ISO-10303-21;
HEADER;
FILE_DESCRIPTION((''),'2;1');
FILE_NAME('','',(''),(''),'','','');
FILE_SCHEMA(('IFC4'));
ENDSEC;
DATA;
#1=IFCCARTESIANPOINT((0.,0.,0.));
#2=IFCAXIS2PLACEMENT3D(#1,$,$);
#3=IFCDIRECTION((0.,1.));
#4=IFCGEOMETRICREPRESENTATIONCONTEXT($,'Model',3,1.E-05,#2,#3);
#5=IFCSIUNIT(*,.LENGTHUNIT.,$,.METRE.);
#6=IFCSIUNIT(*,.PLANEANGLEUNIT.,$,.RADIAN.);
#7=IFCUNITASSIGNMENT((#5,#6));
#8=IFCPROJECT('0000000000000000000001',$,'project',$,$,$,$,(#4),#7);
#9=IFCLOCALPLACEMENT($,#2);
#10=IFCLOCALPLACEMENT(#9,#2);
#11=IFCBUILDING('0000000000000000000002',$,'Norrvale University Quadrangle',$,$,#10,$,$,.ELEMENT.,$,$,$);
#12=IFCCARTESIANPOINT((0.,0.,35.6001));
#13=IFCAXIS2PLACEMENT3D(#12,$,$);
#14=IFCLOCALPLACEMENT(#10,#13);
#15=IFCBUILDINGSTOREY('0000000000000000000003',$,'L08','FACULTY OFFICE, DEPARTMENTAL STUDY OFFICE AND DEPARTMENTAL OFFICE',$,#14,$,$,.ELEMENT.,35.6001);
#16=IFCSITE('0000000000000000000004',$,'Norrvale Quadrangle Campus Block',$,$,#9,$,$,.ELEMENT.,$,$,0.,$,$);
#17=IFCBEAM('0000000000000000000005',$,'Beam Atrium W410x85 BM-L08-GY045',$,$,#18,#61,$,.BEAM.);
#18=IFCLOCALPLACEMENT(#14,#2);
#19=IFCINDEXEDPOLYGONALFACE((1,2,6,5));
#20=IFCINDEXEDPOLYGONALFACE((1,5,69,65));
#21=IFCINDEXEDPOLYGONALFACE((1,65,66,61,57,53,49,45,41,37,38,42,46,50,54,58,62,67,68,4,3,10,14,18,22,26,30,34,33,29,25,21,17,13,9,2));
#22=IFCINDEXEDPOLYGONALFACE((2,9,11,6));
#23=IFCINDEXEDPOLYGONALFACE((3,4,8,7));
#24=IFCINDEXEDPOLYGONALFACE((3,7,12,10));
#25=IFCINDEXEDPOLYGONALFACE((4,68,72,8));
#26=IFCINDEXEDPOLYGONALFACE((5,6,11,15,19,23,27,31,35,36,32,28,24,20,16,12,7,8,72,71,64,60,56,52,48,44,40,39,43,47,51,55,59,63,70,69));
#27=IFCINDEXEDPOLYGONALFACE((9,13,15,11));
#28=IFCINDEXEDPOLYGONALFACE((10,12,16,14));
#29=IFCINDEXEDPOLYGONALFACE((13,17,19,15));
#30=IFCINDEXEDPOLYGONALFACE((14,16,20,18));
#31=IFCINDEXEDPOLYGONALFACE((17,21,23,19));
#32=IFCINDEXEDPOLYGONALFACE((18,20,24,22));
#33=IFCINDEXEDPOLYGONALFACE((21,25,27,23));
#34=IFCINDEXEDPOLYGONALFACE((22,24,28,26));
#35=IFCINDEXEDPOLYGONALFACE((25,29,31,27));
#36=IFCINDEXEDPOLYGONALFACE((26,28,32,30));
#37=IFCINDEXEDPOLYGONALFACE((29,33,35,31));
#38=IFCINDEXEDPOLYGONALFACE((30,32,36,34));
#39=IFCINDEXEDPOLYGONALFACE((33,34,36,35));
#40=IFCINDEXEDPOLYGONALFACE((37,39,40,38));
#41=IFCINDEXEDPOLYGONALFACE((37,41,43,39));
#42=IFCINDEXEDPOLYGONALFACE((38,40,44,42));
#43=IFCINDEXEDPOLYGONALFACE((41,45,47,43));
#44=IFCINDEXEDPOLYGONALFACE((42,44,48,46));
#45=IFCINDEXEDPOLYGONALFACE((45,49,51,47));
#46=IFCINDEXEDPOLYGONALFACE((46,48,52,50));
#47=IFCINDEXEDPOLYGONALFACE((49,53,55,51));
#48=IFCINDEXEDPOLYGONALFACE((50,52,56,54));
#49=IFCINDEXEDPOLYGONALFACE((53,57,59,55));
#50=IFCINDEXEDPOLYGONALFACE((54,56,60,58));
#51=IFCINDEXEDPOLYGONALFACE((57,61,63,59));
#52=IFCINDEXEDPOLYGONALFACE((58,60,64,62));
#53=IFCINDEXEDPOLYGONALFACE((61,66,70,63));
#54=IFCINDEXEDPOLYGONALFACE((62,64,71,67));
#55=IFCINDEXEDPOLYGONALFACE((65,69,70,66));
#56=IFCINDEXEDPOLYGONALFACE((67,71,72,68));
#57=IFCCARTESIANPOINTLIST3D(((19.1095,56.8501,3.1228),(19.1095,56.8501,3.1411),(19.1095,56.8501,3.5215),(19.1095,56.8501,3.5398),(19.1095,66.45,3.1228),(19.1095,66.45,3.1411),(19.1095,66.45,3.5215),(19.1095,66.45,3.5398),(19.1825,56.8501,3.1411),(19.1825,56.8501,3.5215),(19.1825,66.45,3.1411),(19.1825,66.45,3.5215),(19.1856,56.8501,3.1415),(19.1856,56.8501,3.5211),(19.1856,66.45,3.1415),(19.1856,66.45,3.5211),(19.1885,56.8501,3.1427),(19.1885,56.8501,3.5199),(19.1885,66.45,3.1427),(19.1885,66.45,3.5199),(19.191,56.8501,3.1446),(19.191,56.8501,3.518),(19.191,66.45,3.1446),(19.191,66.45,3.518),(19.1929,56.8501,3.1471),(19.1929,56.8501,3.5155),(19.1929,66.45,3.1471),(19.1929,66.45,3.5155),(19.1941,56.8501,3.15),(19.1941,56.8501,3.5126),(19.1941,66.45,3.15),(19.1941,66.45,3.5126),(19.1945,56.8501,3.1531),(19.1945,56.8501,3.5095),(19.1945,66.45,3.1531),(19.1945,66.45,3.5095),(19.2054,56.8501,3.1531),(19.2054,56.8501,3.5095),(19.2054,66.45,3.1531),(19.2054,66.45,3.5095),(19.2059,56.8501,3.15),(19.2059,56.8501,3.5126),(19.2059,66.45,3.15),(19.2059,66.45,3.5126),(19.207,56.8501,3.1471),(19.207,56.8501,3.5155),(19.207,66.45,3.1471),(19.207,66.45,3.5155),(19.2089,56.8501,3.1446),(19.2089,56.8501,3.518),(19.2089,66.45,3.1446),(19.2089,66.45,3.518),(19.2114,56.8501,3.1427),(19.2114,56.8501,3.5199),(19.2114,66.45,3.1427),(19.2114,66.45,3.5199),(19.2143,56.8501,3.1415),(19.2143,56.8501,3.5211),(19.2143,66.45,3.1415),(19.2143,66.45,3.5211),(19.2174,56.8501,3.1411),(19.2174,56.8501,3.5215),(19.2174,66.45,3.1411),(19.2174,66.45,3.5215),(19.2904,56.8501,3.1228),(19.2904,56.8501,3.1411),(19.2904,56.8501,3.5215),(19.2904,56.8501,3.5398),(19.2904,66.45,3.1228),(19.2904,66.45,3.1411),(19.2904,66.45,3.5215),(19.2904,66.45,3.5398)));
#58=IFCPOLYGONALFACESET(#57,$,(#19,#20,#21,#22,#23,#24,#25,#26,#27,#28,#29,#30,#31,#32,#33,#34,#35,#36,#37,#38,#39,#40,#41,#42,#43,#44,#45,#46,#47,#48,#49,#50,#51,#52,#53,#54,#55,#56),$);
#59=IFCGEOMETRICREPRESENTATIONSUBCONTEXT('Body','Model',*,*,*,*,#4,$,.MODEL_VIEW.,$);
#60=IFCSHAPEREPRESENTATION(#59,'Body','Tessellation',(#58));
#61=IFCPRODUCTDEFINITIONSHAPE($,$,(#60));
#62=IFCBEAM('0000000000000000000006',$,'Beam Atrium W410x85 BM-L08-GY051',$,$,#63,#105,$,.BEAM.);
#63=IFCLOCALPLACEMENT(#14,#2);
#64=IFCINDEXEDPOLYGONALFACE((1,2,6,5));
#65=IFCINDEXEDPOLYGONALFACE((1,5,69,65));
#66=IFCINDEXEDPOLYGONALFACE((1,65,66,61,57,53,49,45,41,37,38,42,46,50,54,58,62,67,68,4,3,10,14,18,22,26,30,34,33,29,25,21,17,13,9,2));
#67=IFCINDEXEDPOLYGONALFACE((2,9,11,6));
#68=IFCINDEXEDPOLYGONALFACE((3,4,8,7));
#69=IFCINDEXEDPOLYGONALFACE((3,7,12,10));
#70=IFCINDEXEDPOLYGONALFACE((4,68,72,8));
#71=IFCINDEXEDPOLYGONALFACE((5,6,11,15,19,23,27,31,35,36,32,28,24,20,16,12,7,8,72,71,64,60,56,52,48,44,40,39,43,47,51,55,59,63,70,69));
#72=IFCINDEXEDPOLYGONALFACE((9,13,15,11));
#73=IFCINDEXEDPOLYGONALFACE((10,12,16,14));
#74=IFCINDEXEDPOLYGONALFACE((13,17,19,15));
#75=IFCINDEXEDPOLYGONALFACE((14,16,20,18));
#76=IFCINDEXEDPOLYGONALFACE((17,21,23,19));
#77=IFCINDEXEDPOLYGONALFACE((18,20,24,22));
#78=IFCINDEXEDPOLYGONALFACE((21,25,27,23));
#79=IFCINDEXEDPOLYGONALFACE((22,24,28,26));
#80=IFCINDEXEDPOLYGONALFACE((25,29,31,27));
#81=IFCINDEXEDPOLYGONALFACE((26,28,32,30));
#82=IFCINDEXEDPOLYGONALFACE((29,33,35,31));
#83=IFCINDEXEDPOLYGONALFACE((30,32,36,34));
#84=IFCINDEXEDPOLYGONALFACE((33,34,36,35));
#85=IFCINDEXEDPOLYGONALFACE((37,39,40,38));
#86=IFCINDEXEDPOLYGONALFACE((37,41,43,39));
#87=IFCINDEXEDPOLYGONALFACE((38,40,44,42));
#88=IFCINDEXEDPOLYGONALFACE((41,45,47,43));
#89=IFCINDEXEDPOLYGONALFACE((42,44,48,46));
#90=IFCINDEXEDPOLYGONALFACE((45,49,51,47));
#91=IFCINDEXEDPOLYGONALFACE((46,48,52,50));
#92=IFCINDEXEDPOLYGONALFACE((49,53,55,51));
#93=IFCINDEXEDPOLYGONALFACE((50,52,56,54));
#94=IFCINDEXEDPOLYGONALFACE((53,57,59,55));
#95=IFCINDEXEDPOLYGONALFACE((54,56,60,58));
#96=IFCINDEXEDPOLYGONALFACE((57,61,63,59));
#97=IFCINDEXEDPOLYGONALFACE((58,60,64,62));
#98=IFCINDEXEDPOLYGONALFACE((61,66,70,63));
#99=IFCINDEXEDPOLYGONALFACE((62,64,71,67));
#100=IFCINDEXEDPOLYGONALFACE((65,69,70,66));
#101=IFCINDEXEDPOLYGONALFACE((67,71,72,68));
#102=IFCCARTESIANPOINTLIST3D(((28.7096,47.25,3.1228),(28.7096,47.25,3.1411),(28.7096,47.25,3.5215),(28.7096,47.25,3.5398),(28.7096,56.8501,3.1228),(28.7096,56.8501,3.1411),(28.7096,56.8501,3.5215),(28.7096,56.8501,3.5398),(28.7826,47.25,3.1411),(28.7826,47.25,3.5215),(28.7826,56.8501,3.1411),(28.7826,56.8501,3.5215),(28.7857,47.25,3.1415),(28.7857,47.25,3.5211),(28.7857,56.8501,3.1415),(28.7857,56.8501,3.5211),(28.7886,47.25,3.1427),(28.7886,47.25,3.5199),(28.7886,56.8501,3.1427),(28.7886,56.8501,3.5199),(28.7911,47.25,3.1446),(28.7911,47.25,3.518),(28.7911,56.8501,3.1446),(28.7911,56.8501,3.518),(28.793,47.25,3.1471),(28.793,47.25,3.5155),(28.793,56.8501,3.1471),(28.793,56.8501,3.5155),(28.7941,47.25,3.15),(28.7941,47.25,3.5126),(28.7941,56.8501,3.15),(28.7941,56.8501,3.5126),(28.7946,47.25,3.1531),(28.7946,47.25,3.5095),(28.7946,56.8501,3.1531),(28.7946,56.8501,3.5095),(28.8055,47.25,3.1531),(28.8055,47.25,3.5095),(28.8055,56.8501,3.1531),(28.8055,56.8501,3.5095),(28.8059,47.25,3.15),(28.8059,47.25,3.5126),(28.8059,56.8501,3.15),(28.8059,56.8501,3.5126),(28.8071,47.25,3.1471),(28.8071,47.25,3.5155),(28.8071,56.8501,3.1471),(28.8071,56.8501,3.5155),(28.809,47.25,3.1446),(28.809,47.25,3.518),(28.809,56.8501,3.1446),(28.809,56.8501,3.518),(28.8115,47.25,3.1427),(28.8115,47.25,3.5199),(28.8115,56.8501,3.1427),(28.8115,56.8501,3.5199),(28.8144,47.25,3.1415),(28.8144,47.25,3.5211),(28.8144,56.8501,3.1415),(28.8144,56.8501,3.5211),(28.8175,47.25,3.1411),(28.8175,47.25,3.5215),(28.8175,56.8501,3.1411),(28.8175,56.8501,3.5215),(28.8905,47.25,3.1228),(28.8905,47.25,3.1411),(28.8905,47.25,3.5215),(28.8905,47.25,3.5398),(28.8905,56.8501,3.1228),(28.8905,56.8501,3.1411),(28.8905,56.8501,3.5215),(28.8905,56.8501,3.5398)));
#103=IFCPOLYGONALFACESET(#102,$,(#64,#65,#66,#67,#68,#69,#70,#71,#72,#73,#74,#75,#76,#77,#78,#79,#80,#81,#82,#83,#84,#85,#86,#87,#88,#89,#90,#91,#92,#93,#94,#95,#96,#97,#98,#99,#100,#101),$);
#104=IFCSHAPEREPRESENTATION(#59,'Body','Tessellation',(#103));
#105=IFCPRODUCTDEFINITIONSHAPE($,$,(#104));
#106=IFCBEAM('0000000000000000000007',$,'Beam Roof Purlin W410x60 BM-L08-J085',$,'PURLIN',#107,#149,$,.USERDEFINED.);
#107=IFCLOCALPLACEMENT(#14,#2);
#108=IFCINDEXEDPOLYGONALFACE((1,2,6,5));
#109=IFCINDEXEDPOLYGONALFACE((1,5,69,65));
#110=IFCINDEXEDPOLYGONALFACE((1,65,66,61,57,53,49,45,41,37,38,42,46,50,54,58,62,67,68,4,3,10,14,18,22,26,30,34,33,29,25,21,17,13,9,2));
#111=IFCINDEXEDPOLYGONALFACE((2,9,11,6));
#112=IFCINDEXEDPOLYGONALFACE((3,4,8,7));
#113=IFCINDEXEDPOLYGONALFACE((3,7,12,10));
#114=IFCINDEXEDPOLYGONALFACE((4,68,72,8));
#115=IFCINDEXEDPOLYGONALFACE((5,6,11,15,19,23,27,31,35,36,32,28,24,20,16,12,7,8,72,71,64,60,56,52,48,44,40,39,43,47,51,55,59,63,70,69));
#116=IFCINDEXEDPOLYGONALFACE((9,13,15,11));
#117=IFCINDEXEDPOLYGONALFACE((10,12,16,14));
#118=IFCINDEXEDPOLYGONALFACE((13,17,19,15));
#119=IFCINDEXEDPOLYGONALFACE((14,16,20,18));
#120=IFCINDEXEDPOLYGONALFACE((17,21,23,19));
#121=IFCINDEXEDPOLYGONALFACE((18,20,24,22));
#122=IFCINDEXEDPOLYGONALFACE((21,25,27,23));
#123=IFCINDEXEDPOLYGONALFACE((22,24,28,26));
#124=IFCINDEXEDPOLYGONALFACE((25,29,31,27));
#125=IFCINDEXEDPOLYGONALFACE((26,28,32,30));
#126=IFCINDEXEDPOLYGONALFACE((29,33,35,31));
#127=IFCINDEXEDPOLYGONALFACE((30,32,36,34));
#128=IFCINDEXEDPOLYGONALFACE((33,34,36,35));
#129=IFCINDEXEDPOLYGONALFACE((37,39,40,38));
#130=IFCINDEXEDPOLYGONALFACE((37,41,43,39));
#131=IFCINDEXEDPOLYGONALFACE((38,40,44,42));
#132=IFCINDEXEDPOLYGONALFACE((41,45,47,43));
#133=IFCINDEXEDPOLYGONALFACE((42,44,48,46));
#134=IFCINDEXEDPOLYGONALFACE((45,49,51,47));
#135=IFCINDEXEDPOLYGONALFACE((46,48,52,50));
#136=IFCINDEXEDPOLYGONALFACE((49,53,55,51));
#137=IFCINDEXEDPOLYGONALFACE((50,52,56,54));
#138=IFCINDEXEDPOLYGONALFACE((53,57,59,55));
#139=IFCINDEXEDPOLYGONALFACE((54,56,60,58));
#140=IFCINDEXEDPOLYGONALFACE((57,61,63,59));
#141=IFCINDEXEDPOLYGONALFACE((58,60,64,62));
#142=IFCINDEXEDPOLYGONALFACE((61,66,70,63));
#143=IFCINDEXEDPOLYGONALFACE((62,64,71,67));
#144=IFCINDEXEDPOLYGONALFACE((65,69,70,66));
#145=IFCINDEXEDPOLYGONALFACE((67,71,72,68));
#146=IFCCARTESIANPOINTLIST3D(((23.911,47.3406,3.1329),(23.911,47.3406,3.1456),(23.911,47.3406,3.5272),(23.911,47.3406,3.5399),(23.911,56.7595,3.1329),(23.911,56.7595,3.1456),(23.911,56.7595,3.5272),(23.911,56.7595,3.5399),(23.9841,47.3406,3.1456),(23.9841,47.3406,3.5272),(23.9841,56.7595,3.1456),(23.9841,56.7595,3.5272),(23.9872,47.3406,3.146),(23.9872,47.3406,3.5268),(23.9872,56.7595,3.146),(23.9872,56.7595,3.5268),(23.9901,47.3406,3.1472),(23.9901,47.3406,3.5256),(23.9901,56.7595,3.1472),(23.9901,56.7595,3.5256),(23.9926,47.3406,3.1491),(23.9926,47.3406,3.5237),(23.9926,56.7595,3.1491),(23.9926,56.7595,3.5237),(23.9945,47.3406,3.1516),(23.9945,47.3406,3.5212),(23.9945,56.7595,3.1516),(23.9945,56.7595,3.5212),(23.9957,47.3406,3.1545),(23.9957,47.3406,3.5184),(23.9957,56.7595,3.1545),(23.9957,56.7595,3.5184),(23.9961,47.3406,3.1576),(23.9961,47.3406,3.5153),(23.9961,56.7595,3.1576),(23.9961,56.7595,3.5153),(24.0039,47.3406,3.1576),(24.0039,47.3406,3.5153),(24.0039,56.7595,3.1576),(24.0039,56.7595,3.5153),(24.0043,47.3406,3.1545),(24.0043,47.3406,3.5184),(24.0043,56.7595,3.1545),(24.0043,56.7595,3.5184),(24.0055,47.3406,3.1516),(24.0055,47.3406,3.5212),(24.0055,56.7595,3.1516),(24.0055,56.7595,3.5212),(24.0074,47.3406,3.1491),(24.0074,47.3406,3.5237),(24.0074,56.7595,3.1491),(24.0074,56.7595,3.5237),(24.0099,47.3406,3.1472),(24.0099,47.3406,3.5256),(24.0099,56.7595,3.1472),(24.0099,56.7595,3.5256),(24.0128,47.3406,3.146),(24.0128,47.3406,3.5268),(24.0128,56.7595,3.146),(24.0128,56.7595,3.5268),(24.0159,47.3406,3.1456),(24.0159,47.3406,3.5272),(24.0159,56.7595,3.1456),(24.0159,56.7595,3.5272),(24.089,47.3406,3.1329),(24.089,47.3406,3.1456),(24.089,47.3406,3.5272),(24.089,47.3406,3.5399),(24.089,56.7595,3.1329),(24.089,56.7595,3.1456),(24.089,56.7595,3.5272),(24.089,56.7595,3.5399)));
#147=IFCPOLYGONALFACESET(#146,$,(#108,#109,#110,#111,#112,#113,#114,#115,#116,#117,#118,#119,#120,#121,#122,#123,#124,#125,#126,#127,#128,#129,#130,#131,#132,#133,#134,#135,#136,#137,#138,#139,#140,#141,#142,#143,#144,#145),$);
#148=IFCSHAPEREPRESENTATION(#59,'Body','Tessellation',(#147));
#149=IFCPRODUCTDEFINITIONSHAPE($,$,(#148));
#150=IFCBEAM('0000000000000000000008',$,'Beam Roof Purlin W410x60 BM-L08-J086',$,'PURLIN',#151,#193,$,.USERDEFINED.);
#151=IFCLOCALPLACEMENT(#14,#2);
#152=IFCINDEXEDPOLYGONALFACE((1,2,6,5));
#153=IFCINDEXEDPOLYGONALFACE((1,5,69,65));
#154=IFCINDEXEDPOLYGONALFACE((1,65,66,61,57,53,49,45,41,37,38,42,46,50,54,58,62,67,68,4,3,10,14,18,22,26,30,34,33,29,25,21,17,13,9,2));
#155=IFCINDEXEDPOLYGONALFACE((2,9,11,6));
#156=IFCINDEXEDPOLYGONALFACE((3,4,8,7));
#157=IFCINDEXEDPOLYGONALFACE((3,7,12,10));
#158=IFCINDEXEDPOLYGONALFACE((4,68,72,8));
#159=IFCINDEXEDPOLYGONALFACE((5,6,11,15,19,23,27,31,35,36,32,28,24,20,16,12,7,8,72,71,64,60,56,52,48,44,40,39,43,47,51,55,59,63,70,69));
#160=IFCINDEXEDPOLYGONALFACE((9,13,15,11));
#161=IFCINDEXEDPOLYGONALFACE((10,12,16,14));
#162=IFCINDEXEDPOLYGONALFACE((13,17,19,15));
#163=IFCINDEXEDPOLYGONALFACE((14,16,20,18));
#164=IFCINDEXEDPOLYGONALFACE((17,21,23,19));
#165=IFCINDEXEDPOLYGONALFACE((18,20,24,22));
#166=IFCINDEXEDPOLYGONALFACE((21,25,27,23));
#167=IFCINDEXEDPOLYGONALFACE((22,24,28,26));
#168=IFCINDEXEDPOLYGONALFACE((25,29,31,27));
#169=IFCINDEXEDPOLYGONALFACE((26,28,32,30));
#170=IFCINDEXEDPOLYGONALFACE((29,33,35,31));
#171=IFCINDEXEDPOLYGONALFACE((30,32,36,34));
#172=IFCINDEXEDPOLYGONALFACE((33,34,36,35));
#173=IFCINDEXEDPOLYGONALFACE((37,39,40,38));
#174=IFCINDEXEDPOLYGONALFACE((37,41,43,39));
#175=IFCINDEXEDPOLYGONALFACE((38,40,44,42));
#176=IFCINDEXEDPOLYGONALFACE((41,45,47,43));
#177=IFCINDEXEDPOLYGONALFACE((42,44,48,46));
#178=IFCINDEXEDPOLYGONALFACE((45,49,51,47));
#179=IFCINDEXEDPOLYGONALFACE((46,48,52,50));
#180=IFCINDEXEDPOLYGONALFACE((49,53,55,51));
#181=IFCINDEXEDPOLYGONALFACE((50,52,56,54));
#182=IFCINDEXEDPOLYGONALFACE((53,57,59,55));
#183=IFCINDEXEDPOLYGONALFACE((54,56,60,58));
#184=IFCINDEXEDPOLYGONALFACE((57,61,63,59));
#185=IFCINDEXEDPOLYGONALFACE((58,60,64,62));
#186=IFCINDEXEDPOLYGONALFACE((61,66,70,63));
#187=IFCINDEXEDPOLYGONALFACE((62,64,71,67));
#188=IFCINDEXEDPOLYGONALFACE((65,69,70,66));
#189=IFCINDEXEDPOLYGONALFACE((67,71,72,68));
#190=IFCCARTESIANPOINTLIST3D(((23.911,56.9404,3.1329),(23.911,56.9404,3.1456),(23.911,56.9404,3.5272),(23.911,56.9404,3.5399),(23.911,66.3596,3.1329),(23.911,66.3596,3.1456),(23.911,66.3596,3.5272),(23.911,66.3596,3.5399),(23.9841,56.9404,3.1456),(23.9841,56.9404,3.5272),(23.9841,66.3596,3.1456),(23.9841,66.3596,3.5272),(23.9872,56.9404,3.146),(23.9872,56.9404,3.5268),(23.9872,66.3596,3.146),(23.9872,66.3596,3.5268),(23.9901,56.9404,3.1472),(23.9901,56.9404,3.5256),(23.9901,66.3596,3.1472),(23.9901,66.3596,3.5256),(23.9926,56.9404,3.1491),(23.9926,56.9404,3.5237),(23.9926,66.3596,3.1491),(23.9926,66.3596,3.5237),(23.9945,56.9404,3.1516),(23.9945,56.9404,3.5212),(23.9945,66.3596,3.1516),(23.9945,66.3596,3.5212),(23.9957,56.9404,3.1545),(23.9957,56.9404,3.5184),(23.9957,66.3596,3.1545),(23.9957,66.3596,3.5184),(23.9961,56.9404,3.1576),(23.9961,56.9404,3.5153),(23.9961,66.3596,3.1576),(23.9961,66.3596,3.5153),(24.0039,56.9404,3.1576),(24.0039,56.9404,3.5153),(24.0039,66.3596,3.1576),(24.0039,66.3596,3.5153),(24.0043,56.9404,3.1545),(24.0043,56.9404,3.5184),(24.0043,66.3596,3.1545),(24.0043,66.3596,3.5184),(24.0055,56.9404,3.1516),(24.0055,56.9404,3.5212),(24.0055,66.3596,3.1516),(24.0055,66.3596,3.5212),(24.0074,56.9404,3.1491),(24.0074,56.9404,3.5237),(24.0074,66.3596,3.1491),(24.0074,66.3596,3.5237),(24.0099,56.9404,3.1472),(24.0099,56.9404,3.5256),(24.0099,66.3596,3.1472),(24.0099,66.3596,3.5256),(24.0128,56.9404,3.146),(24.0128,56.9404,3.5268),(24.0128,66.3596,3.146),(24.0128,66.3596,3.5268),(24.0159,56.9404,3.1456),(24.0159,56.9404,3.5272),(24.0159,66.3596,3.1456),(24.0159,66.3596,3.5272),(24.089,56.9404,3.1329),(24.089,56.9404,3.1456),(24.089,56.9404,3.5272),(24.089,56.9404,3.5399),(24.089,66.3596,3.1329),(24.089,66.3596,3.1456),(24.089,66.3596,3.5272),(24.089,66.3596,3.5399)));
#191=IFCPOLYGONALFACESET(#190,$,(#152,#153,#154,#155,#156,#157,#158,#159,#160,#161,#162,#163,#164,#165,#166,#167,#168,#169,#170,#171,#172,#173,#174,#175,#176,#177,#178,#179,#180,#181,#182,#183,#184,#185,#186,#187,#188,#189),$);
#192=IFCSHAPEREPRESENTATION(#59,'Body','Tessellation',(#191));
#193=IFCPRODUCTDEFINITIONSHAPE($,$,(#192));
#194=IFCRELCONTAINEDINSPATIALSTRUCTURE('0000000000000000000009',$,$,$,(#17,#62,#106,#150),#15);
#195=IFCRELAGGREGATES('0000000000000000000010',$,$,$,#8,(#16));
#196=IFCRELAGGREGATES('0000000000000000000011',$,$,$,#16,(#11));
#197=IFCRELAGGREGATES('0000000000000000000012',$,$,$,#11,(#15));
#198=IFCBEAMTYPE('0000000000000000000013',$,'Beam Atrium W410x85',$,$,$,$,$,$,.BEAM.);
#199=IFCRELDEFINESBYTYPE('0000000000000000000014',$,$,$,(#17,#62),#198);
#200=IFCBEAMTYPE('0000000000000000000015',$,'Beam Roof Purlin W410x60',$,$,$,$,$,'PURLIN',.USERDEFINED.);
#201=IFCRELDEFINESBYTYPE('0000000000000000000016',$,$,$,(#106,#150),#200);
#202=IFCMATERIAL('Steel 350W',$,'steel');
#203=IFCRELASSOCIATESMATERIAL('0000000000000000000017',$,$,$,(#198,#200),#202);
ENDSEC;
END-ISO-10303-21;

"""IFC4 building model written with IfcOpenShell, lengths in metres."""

from ifc_helpers import new_model, si_unit, direction, frame, origin, origin_2d, place, context, subcontext, project, spatial, i_section, extrude, material, material_profile, profile_set, type_object, element, save


model = new_model("IFC4")

# Units and contexts
model_context = context("Model", 3, precision=1e-05, world=origin(), true_north=direction((0.0, 1.0)))
body_context = subcontext(model_context, "Body", "Model", "MODEL_VIEW")
ifc_project = project(units=[si_unit("LENGTHUNIT", "METRE"), si_unit("PLANEANGLEUNIT", "RADIAN")], contexts=[model_context])

# Site, building, storey
site_placement = place(None, origin())
site = spatial("IfcSite", under=ifc_project, at=site_placement, Name="Norrvale Quadrangle Campus Block", CompositionType="ELEMENT", RefElevation=0.0)
building_placement = place(site_placement, origin())
building = spatial("IfcBuilding", under=site, at=building_placement, Name="Norrvale University Quadrangle", CompositionType="ELEMENT")
storey_placement = place(building_placement, frame((0.0, 0.0, 35.6001)))
storey = spatial("IfcBuildingStorey", under=building, at=storey_placement, Name="L08", Description="FACULTY OFFICE, DEPARTMENTAL STUDY OFFICE AND DEPARTMENTAL OFFICE", CompositionType="ELEMENT", Elevation=35.6001)

# Beams
ifc_material_1 = material(Name="Steel 350W", Category="steel")
ifc_material_profile_1 = material_profile(ifc_material_1, i_section(OverallWidth=0.1809, OverallDepth=0.417, WebThickness=0.011, FlangeThickness=0.0183, FilletRadius=0.012, at=origin_2d()), Name="Steel 350W")
ifc_profile_set_1 = profile_set([ifc_material_profile_1], Name="Steel 350W")
beam_type_1 = type_object("IfcBeamType", Name="Beam Atrium W410x85", PredefinedType="BEAM", material=ifc_profile_set_1)
beam_1_placement = place(storey_placement, frame((19.2, 56.8501, 3.3313), z_axis=(0.0, 1.0, 0.0), x_axis=(-1.0, 0.0, 0.0)))
element("IfcBeam", 1, at=beam_1_placement, inside=storey, type_object=beam_type_1, Name="Beam Atrium W410x85 BM-L08-GY045", PredefinedType="BEAM", context=body_context, shape_type="SweptSolid", body=[
    extrude(i_section(OverallWidth=0.1809, OverallDepth=0.417, WebThickness=0.011, FlangeThickness=0.0183, FilletRadius=0.012, at=origin_2d()), origin(), (0.0, 0.0, 1.0), 9.5999),
])
beam_2_placement = place(storey_placement, frame((28.8, 47.25, 3.3313), z_axis=(0.0, 1.0, 0.0), x_axis=(-1.0, 0.0, 0.0)))
element("IfcBeam", 2, at=beam_2_placement, inside=storey, type_object=beam_type_1, Name="Beam Atrium W410x85 BM-L08-GY051", PredefinedType="BEAM", context=body_context, shape_type="SweptSolid", body=[
    extrude(i_section(OverallWidth=0.1809, OverallDepth=0.417, WebThickness=0.011, FlangeThickness=0.0183, FilletRadius=0.012, at=origin_2d()), origin(), (0.0, 0.0, 1.0), 9.6001),
])
ifc_material_profile_2 = material_profile(ifc_material_1, i_section(OverallWidth=0.178, OverallDepth=0.407, WebThickness=0.0078, FlangeThickness=0.0127, FilletRadius=0.012, at=origin_2d()), Name="Steel 350W")
ifc_profile_set_2 = profile_set([ifc_material_profile_2], Name="Steel 350W")
beam_type_2 = type_object("IfcBeamType", Name="Beam Roof Purlin W410x60", ElementType="PURLIN", PredefinedType="USERDEFINED", material=ifc_profile_set_2)
beam_3_placement = place(storey_placement, frame((24.0, 47.3406, 3.3364), z_axis=(0.0, 1.0, 0.0), x_axis=(-1.0, 0.0, 0.0)))
element("IfcBeam", 3, at=beam_3_placement, inside=storey, type_object=beam_type_2, Name="Beam Roof Purlin W410x60 BM-L08-J085", ObjectType="PURLIN", PredefinedType="USERDEFINED", context=body_context, shape_type="SweptSolid", body=[
    extrude(i_section(OverallWidth=0.178, OverallDepth=0.407, WebThickness=0.0078, FlangeThickness=0.0127, FilletRadius=0.012, at=origin_2d()), origin(), (0.0, 0.0, 1.0), 9.4189),
])
beam_4_placement = place(storey_placement, frame((24.0, 56.9404, 3.3364), z_axis=(0.0, 1.0, 0.0), x_axis=(-1.0, 0.0, 0.0)))
element("IfcBeam", 4, at=beam_4_placement, inside=storey, type_object=beam_type_2, Name="Beam Roof Purlin W410x60 BM-L08-J086", ObjectType="PURLIN", PredefinedType="USERDEFINED", context=body_context, shape_type="SweptSolid", body=[
    extrude(i_section(OverallWidth=0.178, OverallDepth=0.407, WebThickness=0.0078, FlangeThickness=0.0127, FilletRadius=0.012, at=origin_2d()), origin(), (0.0, 0.0, 1.0), 9.4192),
])

save(model, "model.ifc")
